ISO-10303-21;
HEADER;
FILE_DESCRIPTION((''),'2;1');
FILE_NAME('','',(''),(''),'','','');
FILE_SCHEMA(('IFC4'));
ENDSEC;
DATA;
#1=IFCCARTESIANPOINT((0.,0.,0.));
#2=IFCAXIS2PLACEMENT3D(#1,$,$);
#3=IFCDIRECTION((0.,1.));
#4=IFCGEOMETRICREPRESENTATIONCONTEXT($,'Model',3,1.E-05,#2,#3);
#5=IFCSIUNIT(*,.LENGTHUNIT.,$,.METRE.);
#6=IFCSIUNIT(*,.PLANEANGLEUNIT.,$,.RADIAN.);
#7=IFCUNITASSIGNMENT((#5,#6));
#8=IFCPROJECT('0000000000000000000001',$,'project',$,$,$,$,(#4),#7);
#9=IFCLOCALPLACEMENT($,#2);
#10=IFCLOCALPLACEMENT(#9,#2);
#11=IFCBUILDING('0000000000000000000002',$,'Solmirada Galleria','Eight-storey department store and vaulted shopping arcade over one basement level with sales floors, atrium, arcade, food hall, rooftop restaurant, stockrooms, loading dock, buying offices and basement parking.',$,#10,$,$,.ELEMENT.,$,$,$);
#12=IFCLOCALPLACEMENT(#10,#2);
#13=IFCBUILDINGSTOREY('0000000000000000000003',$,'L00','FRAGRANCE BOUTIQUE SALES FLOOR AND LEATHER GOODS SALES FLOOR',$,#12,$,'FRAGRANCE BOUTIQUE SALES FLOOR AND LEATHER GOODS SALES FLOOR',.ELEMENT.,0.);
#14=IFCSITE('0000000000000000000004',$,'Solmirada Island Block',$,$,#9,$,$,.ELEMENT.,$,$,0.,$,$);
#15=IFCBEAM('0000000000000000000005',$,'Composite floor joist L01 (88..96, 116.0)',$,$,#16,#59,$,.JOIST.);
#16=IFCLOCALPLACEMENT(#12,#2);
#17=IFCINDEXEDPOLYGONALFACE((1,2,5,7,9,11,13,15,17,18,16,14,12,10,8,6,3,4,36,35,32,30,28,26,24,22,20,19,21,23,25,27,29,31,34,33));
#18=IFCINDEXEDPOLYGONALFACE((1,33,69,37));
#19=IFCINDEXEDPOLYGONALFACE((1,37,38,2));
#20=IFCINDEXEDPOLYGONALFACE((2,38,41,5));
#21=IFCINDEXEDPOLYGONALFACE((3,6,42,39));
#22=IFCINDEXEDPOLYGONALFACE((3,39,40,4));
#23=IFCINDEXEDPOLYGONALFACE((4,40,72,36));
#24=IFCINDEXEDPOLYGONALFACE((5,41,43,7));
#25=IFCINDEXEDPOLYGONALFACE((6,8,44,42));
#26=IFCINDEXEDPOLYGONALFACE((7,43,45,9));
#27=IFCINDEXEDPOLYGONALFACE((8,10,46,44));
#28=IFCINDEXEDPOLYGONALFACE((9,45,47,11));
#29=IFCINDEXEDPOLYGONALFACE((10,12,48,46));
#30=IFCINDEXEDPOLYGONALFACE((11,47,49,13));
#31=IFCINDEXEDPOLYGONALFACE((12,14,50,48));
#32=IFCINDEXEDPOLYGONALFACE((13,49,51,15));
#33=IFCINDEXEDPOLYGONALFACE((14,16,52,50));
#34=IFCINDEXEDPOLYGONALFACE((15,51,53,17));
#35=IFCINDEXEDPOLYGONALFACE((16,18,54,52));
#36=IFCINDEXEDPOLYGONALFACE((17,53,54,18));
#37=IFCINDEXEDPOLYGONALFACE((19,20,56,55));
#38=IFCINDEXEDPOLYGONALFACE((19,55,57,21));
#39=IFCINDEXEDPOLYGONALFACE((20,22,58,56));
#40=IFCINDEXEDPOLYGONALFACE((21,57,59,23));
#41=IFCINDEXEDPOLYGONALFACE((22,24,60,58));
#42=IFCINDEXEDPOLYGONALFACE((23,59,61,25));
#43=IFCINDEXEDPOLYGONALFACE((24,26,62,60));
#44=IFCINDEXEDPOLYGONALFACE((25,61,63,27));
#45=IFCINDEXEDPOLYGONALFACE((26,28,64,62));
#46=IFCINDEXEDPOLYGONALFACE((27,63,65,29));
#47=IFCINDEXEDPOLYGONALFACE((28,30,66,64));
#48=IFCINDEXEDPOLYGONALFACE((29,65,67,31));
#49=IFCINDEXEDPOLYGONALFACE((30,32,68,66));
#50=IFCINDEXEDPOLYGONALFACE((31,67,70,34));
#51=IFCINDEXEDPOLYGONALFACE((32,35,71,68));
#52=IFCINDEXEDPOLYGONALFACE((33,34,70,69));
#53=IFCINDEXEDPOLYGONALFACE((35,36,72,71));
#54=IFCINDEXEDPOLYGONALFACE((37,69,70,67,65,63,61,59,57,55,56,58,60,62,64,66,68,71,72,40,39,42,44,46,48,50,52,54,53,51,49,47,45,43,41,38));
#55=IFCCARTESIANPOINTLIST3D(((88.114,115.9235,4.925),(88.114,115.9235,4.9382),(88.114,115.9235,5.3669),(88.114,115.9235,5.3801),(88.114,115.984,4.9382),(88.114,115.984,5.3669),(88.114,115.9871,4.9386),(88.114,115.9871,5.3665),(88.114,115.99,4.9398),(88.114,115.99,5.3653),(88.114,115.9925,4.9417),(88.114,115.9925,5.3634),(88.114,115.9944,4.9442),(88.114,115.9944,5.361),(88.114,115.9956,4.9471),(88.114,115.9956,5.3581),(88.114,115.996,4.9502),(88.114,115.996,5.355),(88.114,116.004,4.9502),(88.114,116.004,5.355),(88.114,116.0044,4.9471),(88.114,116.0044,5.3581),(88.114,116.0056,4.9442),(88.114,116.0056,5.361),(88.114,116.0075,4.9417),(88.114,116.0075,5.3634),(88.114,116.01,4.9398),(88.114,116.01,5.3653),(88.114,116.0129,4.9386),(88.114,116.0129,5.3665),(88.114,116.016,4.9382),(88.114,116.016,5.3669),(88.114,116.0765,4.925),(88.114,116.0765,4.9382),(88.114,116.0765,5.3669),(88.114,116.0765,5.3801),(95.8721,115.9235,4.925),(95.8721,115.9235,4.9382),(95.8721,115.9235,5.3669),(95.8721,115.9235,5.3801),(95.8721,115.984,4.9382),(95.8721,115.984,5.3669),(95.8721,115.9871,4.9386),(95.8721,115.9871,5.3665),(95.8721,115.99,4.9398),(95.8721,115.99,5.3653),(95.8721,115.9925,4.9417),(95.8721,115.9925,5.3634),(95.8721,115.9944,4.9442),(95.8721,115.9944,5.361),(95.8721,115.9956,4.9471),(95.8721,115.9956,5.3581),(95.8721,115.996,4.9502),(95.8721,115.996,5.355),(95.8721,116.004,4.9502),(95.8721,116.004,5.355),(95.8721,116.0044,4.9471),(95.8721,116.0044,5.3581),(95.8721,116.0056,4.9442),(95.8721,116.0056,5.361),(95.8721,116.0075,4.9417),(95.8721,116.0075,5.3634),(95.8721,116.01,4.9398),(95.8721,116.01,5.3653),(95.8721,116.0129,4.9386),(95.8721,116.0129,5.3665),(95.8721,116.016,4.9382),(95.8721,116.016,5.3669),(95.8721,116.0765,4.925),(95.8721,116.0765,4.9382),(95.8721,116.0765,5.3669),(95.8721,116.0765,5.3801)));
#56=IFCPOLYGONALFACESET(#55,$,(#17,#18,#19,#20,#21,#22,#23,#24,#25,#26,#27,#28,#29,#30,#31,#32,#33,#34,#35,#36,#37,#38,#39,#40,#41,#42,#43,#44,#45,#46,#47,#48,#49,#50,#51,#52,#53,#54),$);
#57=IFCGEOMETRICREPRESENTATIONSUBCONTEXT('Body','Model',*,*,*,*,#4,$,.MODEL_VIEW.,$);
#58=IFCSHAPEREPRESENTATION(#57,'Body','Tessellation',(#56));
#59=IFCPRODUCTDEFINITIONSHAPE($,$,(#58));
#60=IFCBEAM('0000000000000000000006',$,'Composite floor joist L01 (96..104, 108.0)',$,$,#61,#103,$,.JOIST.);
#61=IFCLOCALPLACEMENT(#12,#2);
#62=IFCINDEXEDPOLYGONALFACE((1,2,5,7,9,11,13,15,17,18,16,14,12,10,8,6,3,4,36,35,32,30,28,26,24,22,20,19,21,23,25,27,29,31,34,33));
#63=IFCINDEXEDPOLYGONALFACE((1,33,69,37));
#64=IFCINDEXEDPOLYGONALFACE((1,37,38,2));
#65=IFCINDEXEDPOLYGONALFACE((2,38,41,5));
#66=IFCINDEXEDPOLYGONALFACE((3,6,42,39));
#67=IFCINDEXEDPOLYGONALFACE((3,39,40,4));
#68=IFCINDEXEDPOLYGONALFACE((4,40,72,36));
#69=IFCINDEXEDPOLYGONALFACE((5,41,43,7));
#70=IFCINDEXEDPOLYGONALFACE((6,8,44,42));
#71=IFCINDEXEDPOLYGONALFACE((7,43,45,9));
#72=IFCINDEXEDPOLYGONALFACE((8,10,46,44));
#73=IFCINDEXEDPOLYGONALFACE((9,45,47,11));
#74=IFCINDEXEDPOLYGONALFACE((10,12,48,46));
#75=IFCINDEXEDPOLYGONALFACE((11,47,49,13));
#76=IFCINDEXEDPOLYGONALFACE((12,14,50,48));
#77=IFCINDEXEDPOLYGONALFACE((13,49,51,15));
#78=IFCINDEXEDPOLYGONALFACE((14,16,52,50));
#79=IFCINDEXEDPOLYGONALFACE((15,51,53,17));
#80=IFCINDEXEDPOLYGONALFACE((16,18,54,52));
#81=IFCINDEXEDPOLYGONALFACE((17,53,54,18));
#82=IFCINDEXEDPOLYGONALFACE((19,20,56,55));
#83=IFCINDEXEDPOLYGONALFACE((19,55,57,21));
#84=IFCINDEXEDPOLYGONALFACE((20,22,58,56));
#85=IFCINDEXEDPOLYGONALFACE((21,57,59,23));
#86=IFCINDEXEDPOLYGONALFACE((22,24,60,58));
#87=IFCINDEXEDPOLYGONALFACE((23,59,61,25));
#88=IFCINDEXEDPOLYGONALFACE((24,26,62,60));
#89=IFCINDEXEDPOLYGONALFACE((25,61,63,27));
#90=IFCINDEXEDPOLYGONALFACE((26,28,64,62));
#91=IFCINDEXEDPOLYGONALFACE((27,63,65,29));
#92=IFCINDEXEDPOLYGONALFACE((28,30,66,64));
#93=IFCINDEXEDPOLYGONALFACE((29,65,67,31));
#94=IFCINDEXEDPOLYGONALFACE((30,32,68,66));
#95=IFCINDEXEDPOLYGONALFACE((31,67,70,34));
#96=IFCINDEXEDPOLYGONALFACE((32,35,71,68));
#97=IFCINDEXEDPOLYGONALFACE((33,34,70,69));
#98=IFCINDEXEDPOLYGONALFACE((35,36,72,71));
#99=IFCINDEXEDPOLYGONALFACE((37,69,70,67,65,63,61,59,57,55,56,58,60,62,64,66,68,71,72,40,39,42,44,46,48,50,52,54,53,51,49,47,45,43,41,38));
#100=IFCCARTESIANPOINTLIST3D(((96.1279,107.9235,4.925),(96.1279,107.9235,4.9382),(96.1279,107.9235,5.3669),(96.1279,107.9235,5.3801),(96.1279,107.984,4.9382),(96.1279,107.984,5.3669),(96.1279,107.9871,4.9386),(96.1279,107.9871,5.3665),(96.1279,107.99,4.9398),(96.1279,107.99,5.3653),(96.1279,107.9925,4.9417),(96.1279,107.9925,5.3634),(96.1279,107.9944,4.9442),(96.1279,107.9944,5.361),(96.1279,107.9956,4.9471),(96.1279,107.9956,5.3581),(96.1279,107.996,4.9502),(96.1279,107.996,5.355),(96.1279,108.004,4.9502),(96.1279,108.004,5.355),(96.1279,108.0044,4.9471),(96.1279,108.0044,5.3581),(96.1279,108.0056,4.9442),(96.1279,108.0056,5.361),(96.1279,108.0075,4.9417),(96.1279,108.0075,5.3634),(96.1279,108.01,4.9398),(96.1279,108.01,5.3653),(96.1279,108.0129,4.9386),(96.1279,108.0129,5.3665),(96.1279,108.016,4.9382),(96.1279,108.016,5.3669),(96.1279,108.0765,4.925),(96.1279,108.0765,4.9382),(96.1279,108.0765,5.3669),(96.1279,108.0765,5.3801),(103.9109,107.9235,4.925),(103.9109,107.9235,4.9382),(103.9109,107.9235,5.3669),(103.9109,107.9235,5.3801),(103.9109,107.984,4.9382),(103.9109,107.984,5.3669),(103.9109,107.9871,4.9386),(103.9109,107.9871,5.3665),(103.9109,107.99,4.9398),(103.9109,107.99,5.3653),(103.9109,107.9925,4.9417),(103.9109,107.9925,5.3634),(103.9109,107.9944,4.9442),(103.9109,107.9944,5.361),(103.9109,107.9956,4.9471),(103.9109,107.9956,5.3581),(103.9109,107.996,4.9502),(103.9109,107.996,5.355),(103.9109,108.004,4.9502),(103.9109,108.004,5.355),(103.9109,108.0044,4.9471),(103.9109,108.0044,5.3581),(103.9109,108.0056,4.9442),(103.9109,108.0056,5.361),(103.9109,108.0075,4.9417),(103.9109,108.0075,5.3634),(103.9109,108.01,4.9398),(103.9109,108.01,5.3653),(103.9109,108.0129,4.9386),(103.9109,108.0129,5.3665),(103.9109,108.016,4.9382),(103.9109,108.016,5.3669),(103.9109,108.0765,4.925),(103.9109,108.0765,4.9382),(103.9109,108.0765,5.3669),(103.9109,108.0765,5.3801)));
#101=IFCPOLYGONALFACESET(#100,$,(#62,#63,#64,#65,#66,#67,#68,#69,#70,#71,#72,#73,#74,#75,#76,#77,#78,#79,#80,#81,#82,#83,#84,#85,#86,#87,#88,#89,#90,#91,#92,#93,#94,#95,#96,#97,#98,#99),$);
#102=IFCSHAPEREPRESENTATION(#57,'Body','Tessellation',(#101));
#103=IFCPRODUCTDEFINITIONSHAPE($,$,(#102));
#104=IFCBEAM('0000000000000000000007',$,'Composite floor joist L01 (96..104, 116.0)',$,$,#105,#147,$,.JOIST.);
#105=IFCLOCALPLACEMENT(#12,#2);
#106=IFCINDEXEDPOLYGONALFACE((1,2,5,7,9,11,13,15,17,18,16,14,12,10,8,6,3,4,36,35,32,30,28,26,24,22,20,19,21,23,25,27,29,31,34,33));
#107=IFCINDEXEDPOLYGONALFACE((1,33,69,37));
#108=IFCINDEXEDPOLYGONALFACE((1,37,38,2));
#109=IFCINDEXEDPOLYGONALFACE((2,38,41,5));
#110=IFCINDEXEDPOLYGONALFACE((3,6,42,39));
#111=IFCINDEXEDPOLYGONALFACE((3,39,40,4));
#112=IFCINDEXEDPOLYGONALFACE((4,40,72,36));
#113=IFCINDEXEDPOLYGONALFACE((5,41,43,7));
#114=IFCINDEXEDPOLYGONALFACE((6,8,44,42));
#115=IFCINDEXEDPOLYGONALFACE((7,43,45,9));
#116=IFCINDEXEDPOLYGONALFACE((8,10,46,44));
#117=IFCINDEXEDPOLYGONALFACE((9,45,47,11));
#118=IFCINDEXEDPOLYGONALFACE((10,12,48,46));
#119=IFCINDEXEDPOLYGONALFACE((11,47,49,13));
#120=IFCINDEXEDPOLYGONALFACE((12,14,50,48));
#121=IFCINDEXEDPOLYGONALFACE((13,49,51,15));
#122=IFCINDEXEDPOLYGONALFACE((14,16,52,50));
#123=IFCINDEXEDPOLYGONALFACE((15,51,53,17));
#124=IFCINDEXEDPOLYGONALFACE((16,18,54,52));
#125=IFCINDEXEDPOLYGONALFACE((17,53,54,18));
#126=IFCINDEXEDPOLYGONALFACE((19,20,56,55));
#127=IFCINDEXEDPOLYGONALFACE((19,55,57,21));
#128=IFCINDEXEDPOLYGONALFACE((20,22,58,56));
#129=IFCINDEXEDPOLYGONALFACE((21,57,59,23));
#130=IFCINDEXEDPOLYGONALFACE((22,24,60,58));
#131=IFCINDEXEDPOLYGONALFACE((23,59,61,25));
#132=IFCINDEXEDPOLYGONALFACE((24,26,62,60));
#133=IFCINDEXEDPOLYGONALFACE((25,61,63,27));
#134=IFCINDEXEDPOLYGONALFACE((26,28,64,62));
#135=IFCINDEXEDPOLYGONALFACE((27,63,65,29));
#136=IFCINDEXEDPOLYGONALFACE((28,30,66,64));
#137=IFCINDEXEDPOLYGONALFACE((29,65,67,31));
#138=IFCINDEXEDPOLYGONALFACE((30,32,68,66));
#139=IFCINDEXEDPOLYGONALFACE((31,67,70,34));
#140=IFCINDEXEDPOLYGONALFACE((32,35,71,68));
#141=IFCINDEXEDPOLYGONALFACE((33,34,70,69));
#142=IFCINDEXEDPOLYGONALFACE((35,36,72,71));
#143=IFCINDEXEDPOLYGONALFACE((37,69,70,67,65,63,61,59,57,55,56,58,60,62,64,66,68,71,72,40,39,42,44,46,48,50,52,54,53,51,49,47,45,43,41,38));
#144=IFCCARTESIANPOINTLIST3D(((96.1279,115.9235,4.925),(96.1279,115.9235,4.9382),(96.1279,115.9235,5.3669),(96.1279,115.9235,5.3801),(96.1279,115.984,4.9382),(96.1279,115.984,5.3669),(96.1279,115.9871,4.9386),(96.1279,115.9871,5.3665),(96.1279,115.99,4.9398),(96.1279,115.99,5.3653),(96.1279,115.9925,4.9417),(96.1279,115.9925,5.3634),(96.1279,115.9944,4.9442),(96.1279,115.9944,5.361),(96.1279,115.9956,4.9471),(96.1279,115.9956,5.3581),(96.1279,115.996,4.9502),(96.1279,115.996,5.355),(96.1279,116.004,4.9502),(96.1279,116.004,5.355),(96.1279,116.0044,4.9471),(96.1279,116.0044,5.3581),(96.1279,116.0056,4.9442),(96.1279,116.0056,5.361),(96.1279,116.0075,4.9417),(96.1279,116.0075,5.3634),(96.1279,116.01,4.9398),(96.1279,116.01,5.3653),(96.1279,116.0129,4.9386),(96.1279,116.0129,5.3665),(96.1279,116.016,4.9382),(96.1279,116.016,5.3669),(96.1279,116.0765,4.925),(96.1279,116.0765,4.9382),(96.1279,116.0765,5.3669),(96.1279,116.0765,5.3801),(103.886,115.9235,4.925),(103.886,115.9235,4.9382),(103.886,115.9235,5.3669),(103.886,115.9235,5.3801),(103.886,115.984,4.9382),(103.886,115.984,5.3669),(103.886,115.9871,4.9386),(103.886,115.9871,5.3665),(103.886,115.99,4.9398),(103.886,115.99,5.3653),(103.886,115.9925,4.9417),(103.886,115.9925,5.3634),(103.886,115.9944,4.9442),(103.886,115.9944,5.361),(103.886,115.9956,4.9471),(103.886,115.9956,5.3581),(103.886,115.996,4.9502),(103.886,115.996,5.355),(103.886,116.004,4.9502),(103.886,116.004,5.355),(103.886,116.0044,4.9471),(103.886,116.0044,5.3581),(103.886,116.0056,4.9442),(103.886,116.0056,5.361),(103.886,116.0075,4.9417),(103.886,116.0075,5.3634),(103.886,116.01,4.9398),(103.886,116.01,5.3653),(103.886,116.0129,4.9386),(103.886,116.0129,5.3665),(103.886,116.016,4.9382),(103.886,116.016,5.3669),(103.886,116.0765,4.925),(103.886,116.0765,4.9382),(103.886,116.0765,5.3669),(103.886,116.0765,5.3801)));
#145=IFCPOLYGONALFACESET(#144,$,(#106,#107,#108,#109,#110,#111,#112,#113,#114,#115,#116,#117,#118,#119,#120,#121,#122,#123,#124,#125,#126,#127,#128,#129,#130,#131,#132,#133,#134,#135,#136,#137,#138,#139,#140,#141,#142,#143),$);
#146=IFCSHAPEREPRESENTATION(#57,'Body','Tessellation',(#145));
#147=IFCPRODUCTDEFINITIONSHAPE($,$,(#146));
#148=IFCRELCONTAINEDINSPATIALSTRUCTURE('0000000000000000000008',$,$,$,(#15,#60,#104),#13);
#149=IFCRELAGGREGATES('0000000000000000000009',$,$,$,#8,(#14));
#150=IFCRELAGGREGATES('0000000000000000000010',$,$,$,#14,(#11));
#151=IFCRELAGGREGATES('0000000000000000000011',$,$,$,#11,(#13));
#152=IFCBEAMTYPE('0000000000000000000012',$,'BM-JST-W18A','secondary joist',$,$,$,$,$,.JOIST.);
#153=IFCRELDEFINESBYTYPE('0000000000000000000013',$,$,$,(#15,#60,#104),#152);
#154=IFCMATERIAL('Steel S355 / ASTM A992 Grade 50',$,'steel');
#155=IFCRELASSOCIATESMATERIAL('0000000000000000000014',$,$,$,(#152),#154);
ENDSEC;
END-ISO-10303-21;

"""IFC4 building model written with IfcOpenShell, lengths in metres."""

from ifc_helpers import new_model, si_unit, direction, frame, origin, origin_2d, place, context, subcontext, project, spatial, i_section, extrude, material, material_profile, profile_set, type_object, element, save


model = new_model("IFC4")

# Units and contexts
model_context = context("Model", 3, precision=1e-05, world=origin(), true_north=direction((0.0, 1.0)))
body_context = subcontext(model_context, "Body", "Model", "MODEL_VIEW")
ifc_project = project(units=[si_unit("LENGTHUNIT", "METRE"), si_unit("PLANEANGLEUNIT", "RADIAN")], contexts=[model_context])

# Site, building, storey
site_placement = place(None, origin())
site = spatial("IfcSite", under=ifc_project, at=site_placement, Name="Solmirada Island Block", CompositionType="ELEMENT", RefElevation=0.0)
building_placement = place(site_placement, origin())
building = spatial("IfcBuilding", under=site, at=building_placement, Name="Solmirada Galleria", Description="Eight-storey department store and vaulted shopping arcade over one basement level with sales floors, atrium, arcade, food hall, rooftop restaurant, stockrooms, loading dock, buying offices and basement parking.", CompositionType="ELEMENT")
storey_placement = place(building_placement, origin())
storey = spatial("IfcBuildingStorey", under=building, at=storey_placement, Name="L00", Description="FRAGRANCE BOUTIQUE SALES FLOOR AND LEATHER GOODS SALES FLOOR", LongName="FRAGRANCE BOUTIQUE SALES FLOOR AND LEATHER GOODS SALES FLOOR", CompositionType="ELEMENT", Elevation=0.0)

# Beams
ifc_material_1 = material(Name="Steel S355 / ASTM A992 Grade 50", Category="steel")
ifc_material_profile_1 = material_profile(ifc_material_1, i_section(OverallWidth=0.1531, OverallDepth=0.4551, WebThickness=0.0081, FlangeThickness=0.0132, FilletRadius=0.012, at=origin_2d()), Name="W18X40")
ifc_profile_set_1 = profile_set([ifc_material_profile_1], Name="Steel S355 / ASTM A992 Grade 50")
beam_type_1 = type_object("IfcBeamType", Name="BM-JST-W18A", Description="secondary joist", PredefinedType="JOIST", material=ifc_profile_set_1)
beam_1_placement = place(storey_placement, frame((88.114, 116.0, 5.1526), z_axis=(1.0, 0.0, 0.0), x_axis=(0.0, 1.0, 0.0)))
element("IfcBeam", 1, at=beam_1_placement, inside=storey, type_object=beam_type_1, Name="Composite floor joist L01 (88..96, 116.0)", PredefinedType="JOIST", context=body_context, shape_type="SweptSolid", body=[
    extrude(i_section(OverallWidth=0.1531, OverallDepth=0.4551, WebThickness=0.0081, FlangeThickness=0.0132, FilletRadius=0.012, at=origin_2d()), origin(), (0.0, 0.0, 1.0), 7.7581),
])
beam_2_placement = place(storey_placement, frame((96.1279, 108.0, 5.1526), z_axis=(1.0, 0.0, 0.0), x_axis=(0.0, 1.0, 0.0)))
element("IfcBeam", 2, at=beam_2_placement, inside=storey, type_object=beam_type_1, Name="Composite floor joist L01 (96..104, 108.0)", PredefinedType="JOIST", context=body_context, shape_type="SweptSolid", body=[
    extrude(i_section(OverallWidth=0.1531, OverallDepth=0.4551, WebThickness=0.0081, FlangeThickness=0.0132, FilletRadius=0.012, at=origin_2d()), origin(), (0.0, 0.0, 1.0), 7.783),
])
beam_3_placement = place(storey_placement, frame((96.1279, 116.0, 5.1526), z_axis=(1.0, 0.0, 0.0), x_axis=(0.0, 1.0, 0.0)))
element("IfcBeam", 3, at=beam_3_placement, inside=storey, type_object=beam_type_1, Name="Composite floor joist L01 (96..104, 116.0)", PredefinedType="JOIST", context=body_context, shape_type="SweptSolid", body=[
    extrude(i_section(OverallWidth=0.1531, OverallDepth=0.4551, WebThickness=0.0081, FlangeThickness=0.0132, FilletRadius=0.012, at=origin_2d()), origin(), (0.0, 0.0, 1.0), 7.7581),
])

save(model, "model.ifc")
